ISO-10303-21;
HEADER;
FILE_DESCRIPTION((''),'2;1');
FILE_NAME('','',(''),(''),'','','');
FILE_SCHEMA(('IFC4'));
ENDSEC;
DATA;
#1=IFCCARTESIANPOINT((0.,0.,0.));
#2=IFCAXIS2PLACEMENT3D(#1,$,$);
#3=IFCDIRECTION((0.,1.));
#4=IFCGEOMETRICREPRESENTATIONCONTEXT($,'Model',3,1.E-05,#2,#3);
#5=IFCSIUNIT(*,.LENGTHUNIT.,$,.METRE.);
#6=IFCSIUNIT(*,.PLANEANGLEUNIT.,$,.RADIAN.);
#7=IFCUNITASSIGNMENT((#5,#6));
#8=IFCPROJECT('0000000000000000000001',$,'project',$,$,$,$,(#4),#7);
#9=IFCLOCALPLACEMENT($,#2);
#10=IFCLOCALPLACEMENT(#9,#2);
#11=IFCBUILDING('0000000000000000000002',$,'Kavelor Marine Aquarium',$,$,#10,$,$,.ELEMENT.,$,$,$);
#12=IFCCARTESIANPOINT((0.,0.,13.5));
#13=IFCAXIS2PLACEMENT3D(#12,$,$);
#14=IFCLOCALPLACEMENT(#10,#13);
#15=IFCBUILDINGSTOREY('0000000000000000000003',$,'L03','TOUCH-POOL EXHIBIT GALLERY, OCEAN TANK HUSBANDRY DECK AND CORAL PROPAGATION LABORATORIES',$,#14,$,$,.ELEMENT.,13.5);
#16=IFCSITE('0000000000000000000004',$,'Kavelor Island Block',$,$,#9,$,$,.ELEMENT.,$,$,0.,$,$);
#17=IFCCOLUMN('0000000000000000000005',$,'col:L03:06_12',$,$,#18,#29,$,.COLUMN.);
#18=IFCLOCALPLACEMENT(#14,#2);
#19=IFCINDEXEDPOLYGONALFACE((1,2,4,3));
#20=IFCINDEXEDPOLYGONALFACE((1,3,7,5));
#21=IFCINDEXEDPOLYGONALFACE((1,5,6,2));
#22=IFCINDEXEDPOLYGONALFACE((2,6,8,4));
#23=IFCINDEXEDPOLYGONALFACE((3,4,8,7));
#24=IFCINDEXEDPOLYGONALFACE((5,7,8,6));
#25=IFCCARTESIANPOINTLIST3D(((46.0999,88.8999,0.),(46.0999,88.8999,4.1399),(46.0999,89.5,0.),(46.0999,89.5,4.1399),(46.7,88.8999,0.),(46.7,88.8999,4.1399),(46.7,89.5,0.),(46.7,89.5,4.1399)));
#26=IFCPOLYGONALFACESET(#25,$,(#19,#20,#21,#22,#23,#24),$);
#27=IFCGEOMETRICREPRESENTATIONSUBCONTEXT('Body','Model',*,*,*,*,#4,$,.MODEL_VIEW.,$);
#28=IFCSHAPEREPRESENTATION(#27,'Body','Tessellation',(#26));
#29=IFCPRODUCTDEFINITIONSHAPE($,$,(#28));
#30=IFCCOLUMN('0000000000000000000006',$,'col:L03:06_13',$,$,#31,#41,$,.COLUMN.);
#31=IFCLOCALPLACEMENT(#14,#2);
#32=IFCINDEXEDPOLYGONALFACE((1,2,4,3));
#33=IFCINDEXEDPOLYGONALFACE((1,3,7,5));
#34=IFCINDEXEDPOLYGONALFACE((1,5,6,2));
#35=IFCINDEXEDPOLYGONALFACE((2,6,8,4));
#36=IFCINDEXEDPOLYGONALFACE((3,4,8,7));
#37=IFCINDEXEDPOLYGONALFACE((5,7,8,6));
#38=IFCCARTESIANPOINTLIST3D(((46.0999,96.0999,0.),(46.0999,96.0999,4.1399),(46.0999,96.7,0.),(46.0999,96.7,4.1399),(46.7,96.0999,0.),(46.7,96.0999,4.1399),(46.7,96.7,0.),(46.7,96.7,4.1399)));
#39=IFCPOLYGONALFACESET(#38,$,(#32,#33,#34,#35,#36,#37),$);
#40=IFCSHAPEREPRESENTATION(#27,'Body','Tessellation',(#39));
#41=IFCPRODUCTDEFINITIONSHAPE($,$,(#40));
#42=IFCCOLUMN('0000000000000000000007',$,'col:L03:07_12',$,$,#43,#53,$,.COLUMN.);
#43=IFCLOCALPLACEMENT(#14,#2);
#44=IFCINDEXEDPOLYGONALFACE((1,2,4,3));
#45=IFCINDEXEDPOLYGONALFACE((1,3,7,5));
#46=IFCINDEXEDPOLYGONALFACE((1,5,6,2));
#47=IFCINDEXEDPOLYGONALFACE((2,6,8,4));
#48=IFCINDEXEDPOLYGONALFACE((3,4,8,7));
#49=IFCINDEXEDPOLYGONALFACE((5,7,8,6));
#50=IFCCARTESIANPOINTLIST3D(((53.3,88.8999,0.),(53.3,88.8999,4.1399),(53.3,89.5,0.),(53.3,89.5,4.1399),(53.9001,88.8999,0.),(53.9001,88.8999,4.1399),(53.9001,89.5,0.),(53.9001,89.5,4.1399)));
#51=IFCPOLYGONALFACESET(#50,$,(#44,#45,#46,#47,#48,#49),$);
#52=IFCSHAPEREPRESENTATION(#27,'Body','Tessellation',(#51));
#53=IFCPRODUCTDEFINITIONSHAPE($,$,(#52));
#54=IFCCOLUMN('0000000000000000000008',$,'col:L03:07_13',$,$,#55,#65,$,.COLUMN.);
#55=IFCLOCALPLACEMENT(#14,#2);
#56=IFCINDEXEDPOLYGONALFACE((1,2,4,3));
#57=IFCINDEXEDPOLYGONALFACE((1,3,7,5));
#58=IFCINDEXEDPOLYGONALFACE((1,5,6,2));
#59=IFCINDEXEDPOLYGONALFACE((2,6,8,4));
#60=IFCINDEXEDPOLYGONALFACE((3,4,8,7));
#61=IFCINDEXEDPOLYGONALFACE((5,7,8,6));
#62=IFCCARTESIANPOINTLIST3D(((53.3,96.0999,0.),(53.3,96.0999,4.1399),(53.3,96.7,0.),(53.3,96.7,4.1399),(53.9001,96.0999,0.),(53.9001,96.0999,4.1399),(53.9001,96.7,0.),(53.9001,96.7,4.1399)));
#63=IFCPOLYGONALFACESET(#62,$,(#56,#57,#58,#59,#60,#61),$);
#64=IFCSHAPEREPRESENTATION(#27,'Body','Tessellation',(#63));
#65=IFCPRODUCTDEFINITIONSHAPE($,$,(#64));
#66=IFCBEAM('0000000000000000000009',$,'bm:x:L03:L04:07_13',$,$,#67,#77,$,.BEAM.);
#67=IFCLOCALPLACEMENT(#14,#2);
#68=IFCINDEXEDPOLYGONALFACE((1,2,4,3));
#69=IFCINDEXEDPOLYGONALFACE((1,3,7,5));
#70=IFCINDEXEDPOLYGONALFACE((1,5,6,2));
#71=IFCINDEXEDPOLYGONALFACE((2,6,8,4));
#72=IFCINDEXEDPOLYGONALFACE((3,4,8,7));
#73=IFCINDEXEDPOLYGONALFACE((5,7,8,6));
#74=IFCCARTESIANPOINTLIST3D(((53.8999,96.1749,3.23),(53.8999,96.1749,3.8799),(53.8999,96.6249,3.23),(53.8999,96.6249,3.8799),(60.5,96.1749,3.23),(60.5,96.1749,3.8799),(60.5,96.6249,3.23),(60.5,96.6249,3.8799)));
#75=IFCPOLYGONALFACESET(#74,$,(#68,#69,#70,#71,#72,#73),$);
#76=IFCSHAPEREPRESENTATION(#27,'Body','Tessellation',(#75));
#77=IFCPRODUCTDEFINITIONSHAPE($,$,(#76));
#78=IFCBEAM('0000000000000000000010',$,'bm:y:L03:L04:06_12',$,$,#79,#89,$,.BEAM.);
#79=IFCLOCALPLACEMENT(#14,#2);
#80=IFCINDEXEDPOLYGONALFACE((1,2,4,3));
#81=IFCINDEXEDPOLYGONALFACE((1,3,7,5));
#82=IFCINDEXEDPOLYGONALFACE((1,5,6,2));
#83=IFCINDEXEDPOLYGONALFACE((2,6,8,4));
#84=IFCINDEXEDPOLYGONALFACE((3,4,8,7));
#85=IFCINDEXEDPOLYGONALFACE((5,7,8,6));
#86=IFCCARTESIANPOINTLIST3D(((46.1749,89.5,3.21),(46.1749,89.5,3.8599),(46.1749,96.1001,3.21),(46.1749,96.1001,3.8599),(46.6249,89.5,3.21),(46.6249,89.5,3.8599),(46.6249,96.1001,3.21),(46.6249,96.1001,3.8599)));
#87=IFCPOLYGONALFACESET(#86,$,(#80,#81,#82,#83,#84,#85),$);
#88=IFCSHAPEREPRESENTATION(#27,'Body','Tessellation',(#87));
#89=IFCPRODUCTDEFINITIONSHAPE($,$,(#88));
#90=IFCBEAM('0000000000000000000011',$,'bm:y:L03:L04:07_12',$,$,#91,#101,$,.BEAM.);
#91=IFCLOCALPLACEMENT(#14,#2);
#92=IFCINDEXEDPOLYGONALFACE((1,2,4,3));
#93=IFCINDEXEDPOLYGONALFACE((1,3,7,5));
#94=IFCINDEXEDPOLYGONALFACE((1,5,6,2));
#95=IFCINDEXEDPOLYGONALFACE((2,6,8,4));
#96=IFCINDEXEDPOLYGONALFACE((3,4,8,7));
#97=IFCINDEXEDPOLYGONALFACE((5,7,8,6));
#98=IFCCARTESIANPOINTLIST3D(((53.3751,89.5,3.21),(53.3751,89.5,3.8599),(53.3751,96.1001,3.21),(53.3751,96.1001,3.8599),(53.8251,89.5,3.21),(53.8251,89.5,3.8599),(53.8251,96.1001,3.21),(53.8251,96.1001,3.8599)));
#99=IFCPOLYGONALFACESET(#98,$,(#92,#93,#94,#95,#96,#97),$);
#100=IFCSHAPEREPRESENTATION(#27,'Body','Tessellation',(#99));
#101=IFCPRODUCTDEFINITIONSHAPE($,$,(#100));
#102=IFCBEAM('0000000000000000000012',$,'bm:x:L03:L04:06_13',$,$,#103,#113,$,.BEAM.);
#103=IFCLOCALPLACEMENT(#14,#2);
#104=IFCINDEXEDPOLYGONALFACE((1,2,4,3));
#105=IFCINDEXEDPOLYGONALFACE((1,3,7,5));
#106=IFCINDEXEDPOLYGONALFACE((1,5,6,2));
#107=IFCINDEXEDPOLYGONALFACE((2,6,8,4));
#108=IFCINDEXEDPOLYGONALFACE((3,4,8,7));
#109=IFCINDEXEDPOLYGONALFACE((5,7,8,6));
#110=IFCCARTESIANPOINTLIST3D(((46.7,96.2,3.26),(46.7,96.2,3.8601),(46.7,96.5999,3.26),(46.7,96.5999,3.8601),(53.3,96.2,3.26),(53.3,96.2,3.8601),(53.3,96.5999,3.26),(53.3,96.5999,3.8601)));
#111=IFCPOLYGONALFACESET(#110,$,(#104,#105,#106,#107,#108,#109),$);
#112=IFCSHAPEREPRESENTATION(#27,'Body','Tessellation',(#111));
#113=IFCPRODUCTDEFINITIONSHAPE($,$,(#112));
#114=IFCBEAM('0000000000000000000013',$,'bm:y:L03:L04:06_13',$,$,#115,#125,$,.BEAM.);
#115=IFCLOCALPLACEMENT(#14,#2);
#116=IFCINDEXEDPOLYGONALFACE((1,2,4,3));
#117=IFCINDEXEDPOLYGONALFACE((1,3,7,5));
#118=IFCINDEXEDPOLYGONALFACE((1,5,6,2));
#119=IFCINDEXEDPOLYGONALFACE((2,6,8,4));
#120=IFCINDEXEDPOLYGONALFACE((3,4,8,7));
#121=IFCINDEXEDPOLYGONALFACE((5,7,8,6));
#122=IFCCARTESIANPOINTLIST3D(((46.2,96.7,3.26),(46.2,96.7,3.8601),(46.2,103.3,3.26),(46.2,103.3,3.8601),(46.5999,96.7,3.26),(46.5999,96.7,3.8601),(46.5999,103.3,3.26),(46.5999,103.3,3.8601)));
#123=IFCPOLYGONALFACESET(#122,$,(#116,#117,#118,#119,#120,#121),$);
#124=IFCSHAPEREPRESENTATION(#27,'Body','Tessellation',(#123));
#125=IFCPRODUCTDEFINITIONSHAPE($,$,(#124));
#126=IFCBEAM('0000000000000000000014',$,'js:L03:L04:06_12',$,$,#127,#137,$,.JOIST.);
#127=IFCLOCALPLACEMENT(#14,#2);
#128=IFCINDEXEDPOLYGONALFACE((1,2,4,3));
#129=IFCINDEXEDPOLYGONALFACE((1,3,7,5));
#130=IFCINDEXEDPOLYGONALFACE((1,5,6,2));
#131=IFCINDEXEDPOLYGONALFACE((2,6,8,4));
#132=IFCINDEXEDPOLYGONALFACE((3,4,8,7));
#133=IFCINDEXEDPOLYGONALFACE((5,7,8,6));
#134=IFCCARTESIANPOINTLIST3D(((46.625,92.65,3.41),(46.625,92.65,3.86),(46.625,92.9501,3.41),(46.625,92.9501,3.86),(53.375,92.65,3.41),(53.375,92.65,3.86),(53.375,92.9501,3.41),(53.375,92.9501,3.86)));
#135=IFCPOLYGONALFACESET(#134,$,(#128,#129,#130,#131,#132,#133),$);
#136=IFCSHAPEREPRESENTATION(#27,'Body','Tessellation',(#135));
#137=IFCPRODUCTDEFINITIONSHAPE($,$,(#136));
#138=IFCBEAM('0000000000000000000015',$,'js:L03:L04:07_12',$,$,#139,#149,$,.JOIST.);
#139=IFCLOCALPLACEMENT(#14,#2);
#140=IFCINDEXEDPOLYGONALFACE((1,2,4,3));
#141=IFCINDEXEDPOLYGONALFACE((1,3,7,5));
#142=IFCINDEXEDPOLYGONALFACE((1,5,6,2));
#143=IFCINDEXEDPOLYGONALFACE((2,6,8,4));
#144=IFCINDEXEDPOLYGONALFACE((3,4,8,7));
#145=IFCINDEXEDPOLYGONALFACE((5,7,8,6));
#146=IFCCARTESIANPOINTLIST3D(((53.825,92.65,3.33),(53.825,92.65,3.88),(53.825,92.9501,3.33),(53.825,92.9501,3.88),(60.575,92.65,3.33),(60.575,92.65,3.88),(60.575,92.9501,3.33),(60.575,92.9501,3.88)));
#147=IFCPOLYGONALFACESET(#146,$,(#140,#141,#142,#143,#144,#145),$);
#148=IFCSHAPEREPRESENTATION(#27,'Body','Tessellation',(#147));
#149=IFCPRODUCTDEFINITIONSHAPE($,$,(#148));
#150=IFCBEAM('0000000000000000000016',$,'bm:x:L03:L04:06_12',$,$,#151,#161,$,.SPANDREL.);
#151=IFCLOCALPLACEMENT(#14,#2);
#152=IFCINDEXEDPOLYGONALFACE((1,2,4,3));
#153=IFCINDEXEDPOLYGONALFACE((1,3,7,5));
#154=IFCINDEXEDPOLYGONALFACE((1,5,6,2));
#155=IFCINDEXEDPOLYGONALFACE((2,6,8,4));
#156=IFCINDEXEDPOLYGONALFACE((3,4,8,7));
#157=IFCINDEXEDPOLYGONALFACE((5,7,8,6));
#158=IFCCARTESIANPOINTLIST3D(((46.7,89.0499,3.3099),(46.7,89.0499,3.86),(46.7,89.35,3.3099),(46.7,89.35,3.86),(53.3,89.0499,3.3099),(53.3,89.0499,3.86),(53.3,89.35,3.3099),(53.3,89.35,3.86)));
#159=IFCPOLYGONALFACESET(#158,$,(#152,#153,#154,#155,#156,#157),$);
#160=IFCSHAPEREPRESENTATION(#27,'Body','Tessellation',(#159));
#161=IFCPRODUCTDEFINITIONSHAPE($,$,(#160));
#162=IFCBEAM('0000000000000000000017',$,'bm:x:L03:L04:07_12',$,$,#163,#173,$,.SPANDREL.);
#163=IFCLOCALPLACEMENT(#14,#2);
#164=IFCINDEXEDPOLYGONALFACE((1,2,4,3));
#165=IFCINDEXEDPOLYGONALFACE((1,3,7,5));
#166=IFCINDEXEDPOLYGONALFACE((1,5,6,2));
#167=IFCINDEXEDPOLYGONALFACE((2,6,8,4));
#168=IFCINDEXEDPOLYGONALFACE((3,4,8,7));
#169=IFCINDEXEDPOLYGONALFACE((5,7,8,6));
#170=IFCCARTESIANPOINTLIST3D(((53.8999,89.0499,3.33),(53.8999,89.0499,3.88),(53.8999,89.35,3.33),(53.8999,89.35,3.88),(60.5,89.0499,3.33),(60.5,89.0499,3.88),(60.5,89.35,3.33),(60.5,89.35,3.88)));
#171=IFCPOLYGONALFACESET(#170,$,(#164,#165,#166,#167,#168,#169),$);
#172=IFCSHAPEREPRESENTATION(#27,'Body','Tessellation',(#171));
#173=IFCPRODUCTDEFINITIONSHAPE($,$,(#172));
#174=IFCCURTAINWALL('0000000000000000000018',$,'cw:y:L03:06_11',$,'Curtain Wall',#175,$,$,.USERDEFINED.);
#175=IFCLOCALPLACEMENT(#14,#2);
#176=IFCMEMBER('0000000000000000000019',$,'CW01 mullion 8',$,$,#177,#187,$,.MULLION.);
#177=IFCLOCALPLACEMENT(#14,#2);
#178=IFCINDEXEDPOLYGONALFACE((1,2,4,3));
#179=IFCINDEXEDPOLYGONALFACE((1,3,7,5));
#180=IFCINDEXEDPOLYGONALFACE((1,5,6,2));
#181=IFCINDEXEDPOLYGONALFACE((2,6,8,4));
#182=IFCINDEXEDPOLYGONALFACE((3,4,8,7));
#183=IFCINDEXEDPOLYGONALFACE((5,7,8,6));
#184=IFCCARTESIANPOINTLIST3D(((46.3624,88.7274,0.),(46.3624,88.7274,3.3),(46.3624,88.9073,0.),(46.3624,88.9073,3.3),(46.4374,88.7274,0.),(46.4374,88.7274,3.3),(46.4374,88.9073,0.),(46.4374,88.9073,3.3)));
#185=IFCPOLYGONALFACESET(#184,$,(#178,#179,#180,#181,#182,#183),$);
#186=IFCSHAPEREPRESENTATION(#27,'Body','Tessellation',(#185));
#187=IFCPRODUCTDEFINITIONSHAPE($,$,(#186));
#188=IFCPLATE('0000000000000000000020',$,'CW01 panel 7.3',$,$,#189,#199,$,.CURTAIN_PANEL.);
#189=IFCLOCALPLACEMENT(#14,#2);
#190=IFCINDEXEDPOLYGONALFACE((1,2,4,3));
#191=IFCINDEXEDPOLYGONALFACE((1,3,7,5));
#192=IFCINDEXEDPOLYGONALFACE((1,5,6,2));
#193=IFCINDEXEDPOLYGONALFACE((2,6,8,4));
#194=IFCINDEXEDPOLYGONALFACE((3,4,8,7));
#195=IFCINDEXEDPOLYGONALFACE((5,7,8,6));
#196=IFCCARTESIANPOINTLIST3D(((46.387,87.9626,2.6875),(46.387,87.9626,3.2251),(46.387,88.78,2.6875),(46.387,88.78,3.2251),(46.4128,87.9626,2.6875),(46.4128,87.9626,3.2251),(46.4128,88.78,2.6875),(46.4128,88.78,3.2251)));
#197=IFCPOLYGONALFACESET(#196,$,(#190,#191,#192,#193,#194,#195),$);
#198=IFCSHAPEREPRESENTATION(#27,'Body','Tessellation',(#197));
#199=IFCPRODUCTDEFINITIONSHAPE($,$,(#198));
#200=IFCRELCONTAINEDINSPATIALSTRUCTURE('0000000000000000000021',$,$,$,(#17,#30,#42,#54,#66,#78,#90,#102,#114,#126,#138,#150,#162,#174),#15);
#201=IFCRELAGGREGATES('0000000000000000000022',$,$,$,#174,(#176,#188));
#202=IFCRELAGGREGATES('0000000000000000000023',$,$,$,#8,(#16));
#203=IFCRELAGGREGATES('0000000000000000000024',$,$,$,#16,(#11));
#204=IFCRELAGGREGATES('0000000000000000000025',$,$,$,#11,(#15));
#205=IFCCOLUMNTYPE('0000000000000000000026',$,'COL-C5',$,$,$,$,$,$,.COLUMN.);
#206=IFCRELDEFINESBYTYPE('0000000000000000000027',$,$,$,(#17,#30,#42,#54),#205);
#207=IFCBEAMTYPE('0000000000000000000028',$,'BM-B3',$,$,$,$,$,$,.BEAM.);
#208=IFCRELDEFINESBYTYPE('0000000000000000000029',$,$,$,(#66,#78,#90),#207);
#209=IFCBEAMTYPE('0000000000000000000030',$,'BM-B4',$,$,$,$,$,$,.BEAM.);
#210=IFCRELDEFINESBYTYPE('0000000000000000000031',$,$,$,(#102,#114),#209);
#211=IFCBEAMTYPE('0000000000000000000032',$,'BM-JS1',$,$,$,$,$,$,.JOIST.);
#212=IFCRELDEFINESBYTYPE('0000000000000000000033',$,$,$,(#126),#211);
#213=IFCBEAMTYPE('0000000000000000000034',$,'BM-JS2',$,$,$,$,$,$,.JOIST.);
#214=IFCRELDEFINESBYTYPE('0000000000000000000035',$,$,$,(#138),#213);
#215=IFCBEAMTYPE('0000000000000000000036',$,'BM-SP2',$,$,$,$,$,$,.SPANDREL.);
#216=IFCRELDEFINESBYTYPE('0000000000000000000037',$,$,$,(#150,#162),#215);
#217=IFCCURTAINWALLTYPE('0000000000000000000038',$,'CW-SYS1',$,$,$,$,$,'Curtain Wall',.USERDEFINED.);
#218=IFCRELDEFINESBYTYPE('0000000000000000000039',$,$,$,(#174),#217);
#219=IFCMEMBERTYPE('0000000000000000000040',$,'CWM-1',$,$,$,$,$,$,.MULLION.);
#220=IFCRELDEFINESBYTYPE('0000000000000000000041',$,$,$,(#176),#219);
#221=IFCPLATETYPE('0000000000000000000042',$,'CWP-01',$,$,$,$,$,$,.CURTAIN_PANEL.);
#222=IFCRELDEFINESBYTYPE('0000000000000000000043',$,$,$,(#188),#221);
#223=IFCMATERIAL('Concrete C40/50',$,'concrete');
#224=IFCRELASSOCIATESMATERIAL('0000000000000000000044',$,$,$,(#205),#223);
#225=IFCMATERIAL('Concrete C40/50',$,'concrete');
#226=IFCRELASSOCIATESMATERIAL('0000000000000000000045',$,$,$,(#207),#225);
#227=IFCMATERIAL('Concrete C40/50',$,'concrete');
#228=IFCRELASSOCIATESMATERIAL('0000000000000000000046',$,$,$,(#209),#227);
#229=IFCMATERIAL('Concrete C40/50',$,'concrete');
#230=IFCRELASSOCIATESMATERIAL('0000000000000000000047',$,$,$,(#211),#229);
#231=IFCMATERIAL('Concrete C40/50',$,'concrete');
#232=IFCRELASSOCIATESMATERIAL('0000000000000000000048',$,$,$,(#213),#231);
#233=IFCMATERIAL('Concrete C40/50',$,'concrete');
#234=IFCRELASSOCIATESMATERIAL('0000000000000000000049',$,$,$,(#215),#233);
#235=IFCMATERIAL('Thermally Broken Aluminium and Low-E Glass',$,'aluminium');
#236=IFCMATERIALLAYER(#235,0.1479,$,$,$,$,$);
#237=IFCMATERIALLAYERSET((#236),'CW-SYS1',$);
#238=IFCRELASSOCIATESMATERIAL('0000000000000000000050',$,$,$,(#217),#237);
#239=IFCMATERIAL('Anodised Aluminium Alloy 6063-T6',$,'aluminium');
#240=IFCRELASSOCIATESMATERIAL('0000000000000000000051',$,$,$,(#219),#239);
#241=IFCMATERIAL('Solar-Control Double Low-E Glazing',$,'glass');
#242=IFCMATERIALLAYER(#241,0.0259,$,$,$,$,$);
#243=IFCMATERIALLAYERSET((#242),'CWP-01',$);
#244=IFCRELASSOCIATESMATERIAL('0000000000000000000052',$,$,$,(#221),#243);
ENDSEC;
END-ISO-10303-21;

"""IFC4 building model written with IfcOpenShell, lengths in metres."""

from ifc_helpers import new_model, si_unit, direction, frame, origin, origin_2d, place, context, subcontext, project, spatial, rectangle, extrude, material, layer, layer_set, material_profile, profile_set, type_object, element, aggregate, save


model = new_model("IFC4")

# Units and contexts
model_context = context("Model", 3, precision=1e-05, world=origin(), true_north=direction((0.0, 1.0)))
body_context = subcontext(model_context, "Body", "Model", "MODEL_VIEW")
ifc_project = project(units=[si_unit("LENGTHUNIT", "METRE"), si_unit("PLANEANGLEUNIT", "RADIAN")], contexts=[model_context])

# Site, building, storey
site_placement = place(None, origin())
site = spatial("IfcSite", under=ifc_project, at=site_placement, Name="Kavelor Island Block", CompositionType="ELEMENT", RefElevation=0.0)
building_placement = place(site_placement, origin())
building = spatial("IfcBuilding", under=site, at=building_placement, Name="Kavelor Marine Aquarium", CompositionType="ELEMENT")
storey_placement = place(building_placement, frame((0.0, 0.0, 13.5)))
storey = spatial("IfcBuildingStorey", under=building, at=storey_placement, Name="L03", Description="TOUCH-POOL EXHIBIT GALLERY, OCEAN TANK HUSBANDRY DECK AND CORAL PROPAGATION LABORATORIES", CompositionType="ELEMENT", Elevation=13.5)

# Columns
ifc_material_1 = material(Name="Concrete C40/50", Category="concrete")
ifc_material_profile_1 = material_profile(ifc_material_1, rectangle(XDim=0.6001, YDim=0.6001, at=origin_2d()), Name="RC-COL 600x600")
ifc_profile_set_1 = profile_set([ifc_material_profile_1], Name="Concrete C40/50")
column_type = type_object("IfcColumnType", Name="COL-C5", PredefinedType="COLUMN", material=ifc_profile_set_1)
for number, where, z_axis, x_axis, name in (
    (1, (46.3999, 89.2, 0.0), (0.0, 0.0, 1.0), (1.0, 0.0, 0.0), "col:L03:06_12"),
    (2, (46.3999, 96.3999, 0.0), (0.0, 0.0, 1.0), (1.0, 0.0, 0.0), "col:L03:06_13"),
    (3, (53.6001, 89.2, 0.0), (0.0, 0.0, 1.0), (1.0, 0.0, 0.0), "col:L03:07_12"),
    (4, (53.6001, 96.3999, 0.0), (0.0, 0.0, 1.0), (1.0, 0.0, 0.0), "col:L03:07_13"),
):
    element("IfcColumn", number, at=place(storey_placement, frame(where, z_axis=z_axis, x_axis=x_axis)), inside=storey, type_object=column_type, Name=name, PredefinedType="COLUMN", context=body_context, shape_type="SweptSolid", body=[
        extrude(rectangle(XDim=0.6001, YDim=0.6001, at=origin_2d()), origin(), (0.0, 0.0, 1.0), 4.1399),
    ])

# Beams
ifc_material_2 = material(Name="Concrete C40/50", Category="concrete")
ifc_material_profile_2 = material_profile(ifc_material_2, rectangle(XDim=0.45, YDim=0.6499, at=origin_2d()), Name="RC-BM 450x650")
ifc_profile_set_2 = profile_set([ifc_material_profile_2], Name="Concrete C40/50")
beam_type_1 = type_object("IfcBeamType", Name="BM-B3", PredefinedType="BEAM", material=ifc_profile_set_2)
for number, where, z_axis, x_axis, name in (
    (5, (53.8999, 96.3999, 3.5549), (1.0, 0.0, 0.0), (0.0, 1.0, 0.0), "bm:x:L03:L04:07_13"),
    (6, (46.3999, 89.5, 3.5349), (0.0, 1.0, 0.0), (-1.0, 0.0, 0.0), "bm:y:L03:L04:06_12"),
    (7, (53.6001, 89.5, 3.5349), (0.0, 1.0, 0.0), (-1.0, 0.0, 0.0), "bm:y:L03:L04:07_12"),
):
    element("IfcBeam", number, at=place(storey_placement, frame(where, z_axis=z_axis, x_axis=x_axis)), inside=storey, type_object=beam_type_1, Name=name, PredefinedType="BEAM", context=body_context, shape_type="SweptSolid", body=[
        extrude(rectangle(XDim=0.45, YDim=0.6499, at=origin_2d()), origin(), (0.0, 0.0, 1.0), 6.6001),
    ])
ifc_material_3 = material(Name="Concrete C40/50", Category="concrete")
ifc_material_profile_3 = material_profile(ifc_material_3, rectangle(XDim=0.3999, YDim=0.6001, at=origin_2d()), Name="RC-BM 400x600")
ifc_profile_set_3 = profile_set([ifc_material_profile_3], Name="Concrete C40/50")
beam_type_2 = type_object("IfcBeamType", Name="BM-B4", PredefinedType="BEAM", material=ifc_profile_set_3)
for number, where, z_axis, x_axis, name in (
    (8, (46.7, 96.3999, 3.5601), (1.0, 0.0, 0.0), (0.0, 1.0, 0.0), "bm:x:L03:L04:06_13"),
    (9, (46.3999, 96.7, 3.5601), (0.0, 1.0, 0.0), (-1.0, 0.0, 0.0), "bm:y:L03:L04:06_13"),
):
    element("IfcBeam", number, at=place(storey_placement, frame(where, z_axis=z_axis, x_axis=x_axis)), inside=storey, type_object=beam_type_2, Name=name, PredefinedType="BEAM", context=body_context, shape_type="SweptSolid", body=[
        extrude(rectangle(XDim=0.3999, YDim=0.6001, at=origin_2d()), origin(), (0.0, 0.0, 1.0), 6.6001),
    ])
ifc_material_4 = material(Name="Concrete C40/50", Category="concrete")
ifc_material_profile_4 = material_profile(ifc_material_4, rectangle(XDim=0.3, YDim=0.45, at=origin_2d()), Name="RC-JS 300x450")
ifc_profile_set_4 = profile_set([ifc_material_profile_4], Name="Concrete C40/50")
beam_type_3 = type_object("IfcBeamType", Name="BM-JS1", PredefinedType="JOIST", material=ifc_profile_set_4)
beam_1_placement = place(storey_placement, frame((46.625, 92.8, 3.635), z_axis=(1.0, 0.0, 0.0), x_axis=(0.0, 1.0, 0.0)))
element("IfcBeam", 10, at=beam_1_placement, inside=storey, type_object=beam_type_3, Name="js:L03:L04:06_12", PredefinedType="JOIST", context=body_context, shape_type="SweptSolid", body=[
    extrude(rectangle(XDim=0.3, YDim=0.45, at=origin_2d()), origin(), (0.0, 0.0, 1.0), 6.75),
])
ifc_material_5 = material(Name="Concrete C40/50", Category="concrete")
ifc_material_profile_5 = material_profile(ifc_material_5, rectangle(XDim=0.3, YDim=0.55, at=origin_2d()), Name="RC-JS 300x550")
ifc_profile_set_5 = profile_set([ifc_material_profile_5], Name="Concrete C40/50")
beam_type_4 = type_object("IfcBeamType", Name="BM-JS2", PredefinedType="JOIST", material=ifc_profile_set_5)
beam_2_placement = place(storey_placement, frame((53.825, 92.8, 3.605), z_axis=(1.0, 0.0, 0.0), x_axis=(0.0, 1.0, 0.0)))
element("IfcBeam", 11, at=beam_2_placement, inside=storey, type_object=beam_type_4, Name="js:L03:L04:07_12", PredefinedType="JOIST", context=body_context, shape_type="SweptSolid", body=[
    extrude(rectangle(XDim=0.3, YDim=0.55, at=origin_2d()), origin(), (0.0, 0.0, 1.0), 6.75),
])
ifc_material_6 = material(Name="Concrete C40/50", Category="concrete")
ifc_material_profile_6 = material_profile(ifc_material_6, rectangle(XDim=0.3, YDim=0.55, at=origin_2d()), Name="RC-SP 300x550")
ifc_profile_set_6 = profile_set([ifc_material_profile_6], Name="Concrete C40/50")
beam_type_5 = type_object("IfcBeamType", Name="BM-SP2", PredefinedType="SPANDREL", material=ifc_profile_set_6)
for number, where, z_axis, x_axis, name in (
    (12, (46.7, 89.2, 3.585), (1.0, 0.0, 0.0), (0.0, 1.0, 0.0), "bm:x:L03:L04:06_12"),
    (13, (53.8999, 89.2, 3.605), (1.0, 0.0, 0.0), (0.0, 1.0, 0.0), "bm:x:L03:L04:07_12"),
):
    element("IfcBeam", number, at=place(storey_placement, frame(where, z_axis=z_axis, x_axis=x_axis)), inside=storey, type_object=beam_type_5, Name=name, PredefinedType="SPANDREL", context=body_context, shape_type="SweptSolid", body=[
        extrude(rectangle(XDim=0.3, YDim=0.55, at=origin_2d()), origin(), (0.0, 0.0, 1.0), 6.6001),
    ])

# Curtain wall, member, plate
ifc_material_7 = material(Name="Thermally Broken Aluminium and Low-E Glass", Category="aluminium")
ifc_layer_1 = layer(ifc_material_7, 0.1479)
ifc_layer_set_1 = layer_set([ifc_layer_1], Name="CW-SYS1")
curtain_wall_type = type_object("IfcCurtainWallType", Name="CW-SYS1", ElementType="Curtain Wall", PredefinedType="USERDEFINED", material=ifc_layer_set_1)
curtain_wall_placement = place(storey_placement, origin())
curtain_wall = element("IfcCurtainWall", 14, at=curtain_wall_placement, inside=storey, type_object=curtain_wall_type, Name="cw:y:L03:06_11", ObjectType="Curtain Wall", PredefinedType="USERDEFINED")
ifc_material_8 = material(Name="Anodised Aluminium Alloy 6063-T6", Category="aluminium")
ifc_material_profile_7 = material_profile(ifc_material_8, rectangle(XDim=0.075, YDim=0.1799, at=origin_2d()), Name="CW-MUL 75x180")
ifc_profile_set_7 = profile_set([ifc_material_profile_7], Name="Anodised Aluminium Alloy 6063-T6")
member_type = type_object("IfcMemberType", Name="CWM-1", PredefinedType="MULLION", material=ifc_profile_set_7)
member_placement = place(storey_placement, frame((46.3999, 88.8174, 0.0), z_axis=(0.0, 0.0, 1.0), x_axis=(-1.0, 0.0, 0.0)))
member = element("IfcMember", 15, at=member_placement, type_object=member_type, Name="CW01 mullion 8", PredefinedType="MULLION", context=body_context, shape_type="SweptSolid", body=[
    extrude(rectangle(XDim=0.075, YDim=0.1799, at=origin_2d()), origin(), (0.0, 0.0, 1.0), 3.3),
])
ifc_material_9 = material(Name="Solar-Control Double Low-E Glazing", Category="glass")
ifc_layer_2 = layer(ifc_material_9, 0.0259)
ifc_layer_set_2 = layer_set([ifc_layer_2], Name="CWP-01")
plate_type = type_object("IfcPlateType", Name="CWP-01", PredefinedType="CURTAIN_PANEL", material=ifc_layer_set_2)
plate_placement = place(storey_placement, frame((46.3999, 88.3713, 2.6875), z_axis=(0.0, 0.0, 1.0), x_axis=(0.0, 1.0, 0.0)))
plate = element("IfcPlate", 16, at=plate_placement, type_object=plate_type, Name="CW01 panel 7.3", PredefinedType="CURTAIN_PANEL", context=body_context, shape_type="SweptSolid", body=[
    extrude(rectangle(XDim=0.8174, YDim=0.0259, at=origin_2d()), origin(), (0.0, 0.0, 1.0), 0.5376),
])
aggregate(curtain_wall, [member, plate])

save(model, "model.ifc")
